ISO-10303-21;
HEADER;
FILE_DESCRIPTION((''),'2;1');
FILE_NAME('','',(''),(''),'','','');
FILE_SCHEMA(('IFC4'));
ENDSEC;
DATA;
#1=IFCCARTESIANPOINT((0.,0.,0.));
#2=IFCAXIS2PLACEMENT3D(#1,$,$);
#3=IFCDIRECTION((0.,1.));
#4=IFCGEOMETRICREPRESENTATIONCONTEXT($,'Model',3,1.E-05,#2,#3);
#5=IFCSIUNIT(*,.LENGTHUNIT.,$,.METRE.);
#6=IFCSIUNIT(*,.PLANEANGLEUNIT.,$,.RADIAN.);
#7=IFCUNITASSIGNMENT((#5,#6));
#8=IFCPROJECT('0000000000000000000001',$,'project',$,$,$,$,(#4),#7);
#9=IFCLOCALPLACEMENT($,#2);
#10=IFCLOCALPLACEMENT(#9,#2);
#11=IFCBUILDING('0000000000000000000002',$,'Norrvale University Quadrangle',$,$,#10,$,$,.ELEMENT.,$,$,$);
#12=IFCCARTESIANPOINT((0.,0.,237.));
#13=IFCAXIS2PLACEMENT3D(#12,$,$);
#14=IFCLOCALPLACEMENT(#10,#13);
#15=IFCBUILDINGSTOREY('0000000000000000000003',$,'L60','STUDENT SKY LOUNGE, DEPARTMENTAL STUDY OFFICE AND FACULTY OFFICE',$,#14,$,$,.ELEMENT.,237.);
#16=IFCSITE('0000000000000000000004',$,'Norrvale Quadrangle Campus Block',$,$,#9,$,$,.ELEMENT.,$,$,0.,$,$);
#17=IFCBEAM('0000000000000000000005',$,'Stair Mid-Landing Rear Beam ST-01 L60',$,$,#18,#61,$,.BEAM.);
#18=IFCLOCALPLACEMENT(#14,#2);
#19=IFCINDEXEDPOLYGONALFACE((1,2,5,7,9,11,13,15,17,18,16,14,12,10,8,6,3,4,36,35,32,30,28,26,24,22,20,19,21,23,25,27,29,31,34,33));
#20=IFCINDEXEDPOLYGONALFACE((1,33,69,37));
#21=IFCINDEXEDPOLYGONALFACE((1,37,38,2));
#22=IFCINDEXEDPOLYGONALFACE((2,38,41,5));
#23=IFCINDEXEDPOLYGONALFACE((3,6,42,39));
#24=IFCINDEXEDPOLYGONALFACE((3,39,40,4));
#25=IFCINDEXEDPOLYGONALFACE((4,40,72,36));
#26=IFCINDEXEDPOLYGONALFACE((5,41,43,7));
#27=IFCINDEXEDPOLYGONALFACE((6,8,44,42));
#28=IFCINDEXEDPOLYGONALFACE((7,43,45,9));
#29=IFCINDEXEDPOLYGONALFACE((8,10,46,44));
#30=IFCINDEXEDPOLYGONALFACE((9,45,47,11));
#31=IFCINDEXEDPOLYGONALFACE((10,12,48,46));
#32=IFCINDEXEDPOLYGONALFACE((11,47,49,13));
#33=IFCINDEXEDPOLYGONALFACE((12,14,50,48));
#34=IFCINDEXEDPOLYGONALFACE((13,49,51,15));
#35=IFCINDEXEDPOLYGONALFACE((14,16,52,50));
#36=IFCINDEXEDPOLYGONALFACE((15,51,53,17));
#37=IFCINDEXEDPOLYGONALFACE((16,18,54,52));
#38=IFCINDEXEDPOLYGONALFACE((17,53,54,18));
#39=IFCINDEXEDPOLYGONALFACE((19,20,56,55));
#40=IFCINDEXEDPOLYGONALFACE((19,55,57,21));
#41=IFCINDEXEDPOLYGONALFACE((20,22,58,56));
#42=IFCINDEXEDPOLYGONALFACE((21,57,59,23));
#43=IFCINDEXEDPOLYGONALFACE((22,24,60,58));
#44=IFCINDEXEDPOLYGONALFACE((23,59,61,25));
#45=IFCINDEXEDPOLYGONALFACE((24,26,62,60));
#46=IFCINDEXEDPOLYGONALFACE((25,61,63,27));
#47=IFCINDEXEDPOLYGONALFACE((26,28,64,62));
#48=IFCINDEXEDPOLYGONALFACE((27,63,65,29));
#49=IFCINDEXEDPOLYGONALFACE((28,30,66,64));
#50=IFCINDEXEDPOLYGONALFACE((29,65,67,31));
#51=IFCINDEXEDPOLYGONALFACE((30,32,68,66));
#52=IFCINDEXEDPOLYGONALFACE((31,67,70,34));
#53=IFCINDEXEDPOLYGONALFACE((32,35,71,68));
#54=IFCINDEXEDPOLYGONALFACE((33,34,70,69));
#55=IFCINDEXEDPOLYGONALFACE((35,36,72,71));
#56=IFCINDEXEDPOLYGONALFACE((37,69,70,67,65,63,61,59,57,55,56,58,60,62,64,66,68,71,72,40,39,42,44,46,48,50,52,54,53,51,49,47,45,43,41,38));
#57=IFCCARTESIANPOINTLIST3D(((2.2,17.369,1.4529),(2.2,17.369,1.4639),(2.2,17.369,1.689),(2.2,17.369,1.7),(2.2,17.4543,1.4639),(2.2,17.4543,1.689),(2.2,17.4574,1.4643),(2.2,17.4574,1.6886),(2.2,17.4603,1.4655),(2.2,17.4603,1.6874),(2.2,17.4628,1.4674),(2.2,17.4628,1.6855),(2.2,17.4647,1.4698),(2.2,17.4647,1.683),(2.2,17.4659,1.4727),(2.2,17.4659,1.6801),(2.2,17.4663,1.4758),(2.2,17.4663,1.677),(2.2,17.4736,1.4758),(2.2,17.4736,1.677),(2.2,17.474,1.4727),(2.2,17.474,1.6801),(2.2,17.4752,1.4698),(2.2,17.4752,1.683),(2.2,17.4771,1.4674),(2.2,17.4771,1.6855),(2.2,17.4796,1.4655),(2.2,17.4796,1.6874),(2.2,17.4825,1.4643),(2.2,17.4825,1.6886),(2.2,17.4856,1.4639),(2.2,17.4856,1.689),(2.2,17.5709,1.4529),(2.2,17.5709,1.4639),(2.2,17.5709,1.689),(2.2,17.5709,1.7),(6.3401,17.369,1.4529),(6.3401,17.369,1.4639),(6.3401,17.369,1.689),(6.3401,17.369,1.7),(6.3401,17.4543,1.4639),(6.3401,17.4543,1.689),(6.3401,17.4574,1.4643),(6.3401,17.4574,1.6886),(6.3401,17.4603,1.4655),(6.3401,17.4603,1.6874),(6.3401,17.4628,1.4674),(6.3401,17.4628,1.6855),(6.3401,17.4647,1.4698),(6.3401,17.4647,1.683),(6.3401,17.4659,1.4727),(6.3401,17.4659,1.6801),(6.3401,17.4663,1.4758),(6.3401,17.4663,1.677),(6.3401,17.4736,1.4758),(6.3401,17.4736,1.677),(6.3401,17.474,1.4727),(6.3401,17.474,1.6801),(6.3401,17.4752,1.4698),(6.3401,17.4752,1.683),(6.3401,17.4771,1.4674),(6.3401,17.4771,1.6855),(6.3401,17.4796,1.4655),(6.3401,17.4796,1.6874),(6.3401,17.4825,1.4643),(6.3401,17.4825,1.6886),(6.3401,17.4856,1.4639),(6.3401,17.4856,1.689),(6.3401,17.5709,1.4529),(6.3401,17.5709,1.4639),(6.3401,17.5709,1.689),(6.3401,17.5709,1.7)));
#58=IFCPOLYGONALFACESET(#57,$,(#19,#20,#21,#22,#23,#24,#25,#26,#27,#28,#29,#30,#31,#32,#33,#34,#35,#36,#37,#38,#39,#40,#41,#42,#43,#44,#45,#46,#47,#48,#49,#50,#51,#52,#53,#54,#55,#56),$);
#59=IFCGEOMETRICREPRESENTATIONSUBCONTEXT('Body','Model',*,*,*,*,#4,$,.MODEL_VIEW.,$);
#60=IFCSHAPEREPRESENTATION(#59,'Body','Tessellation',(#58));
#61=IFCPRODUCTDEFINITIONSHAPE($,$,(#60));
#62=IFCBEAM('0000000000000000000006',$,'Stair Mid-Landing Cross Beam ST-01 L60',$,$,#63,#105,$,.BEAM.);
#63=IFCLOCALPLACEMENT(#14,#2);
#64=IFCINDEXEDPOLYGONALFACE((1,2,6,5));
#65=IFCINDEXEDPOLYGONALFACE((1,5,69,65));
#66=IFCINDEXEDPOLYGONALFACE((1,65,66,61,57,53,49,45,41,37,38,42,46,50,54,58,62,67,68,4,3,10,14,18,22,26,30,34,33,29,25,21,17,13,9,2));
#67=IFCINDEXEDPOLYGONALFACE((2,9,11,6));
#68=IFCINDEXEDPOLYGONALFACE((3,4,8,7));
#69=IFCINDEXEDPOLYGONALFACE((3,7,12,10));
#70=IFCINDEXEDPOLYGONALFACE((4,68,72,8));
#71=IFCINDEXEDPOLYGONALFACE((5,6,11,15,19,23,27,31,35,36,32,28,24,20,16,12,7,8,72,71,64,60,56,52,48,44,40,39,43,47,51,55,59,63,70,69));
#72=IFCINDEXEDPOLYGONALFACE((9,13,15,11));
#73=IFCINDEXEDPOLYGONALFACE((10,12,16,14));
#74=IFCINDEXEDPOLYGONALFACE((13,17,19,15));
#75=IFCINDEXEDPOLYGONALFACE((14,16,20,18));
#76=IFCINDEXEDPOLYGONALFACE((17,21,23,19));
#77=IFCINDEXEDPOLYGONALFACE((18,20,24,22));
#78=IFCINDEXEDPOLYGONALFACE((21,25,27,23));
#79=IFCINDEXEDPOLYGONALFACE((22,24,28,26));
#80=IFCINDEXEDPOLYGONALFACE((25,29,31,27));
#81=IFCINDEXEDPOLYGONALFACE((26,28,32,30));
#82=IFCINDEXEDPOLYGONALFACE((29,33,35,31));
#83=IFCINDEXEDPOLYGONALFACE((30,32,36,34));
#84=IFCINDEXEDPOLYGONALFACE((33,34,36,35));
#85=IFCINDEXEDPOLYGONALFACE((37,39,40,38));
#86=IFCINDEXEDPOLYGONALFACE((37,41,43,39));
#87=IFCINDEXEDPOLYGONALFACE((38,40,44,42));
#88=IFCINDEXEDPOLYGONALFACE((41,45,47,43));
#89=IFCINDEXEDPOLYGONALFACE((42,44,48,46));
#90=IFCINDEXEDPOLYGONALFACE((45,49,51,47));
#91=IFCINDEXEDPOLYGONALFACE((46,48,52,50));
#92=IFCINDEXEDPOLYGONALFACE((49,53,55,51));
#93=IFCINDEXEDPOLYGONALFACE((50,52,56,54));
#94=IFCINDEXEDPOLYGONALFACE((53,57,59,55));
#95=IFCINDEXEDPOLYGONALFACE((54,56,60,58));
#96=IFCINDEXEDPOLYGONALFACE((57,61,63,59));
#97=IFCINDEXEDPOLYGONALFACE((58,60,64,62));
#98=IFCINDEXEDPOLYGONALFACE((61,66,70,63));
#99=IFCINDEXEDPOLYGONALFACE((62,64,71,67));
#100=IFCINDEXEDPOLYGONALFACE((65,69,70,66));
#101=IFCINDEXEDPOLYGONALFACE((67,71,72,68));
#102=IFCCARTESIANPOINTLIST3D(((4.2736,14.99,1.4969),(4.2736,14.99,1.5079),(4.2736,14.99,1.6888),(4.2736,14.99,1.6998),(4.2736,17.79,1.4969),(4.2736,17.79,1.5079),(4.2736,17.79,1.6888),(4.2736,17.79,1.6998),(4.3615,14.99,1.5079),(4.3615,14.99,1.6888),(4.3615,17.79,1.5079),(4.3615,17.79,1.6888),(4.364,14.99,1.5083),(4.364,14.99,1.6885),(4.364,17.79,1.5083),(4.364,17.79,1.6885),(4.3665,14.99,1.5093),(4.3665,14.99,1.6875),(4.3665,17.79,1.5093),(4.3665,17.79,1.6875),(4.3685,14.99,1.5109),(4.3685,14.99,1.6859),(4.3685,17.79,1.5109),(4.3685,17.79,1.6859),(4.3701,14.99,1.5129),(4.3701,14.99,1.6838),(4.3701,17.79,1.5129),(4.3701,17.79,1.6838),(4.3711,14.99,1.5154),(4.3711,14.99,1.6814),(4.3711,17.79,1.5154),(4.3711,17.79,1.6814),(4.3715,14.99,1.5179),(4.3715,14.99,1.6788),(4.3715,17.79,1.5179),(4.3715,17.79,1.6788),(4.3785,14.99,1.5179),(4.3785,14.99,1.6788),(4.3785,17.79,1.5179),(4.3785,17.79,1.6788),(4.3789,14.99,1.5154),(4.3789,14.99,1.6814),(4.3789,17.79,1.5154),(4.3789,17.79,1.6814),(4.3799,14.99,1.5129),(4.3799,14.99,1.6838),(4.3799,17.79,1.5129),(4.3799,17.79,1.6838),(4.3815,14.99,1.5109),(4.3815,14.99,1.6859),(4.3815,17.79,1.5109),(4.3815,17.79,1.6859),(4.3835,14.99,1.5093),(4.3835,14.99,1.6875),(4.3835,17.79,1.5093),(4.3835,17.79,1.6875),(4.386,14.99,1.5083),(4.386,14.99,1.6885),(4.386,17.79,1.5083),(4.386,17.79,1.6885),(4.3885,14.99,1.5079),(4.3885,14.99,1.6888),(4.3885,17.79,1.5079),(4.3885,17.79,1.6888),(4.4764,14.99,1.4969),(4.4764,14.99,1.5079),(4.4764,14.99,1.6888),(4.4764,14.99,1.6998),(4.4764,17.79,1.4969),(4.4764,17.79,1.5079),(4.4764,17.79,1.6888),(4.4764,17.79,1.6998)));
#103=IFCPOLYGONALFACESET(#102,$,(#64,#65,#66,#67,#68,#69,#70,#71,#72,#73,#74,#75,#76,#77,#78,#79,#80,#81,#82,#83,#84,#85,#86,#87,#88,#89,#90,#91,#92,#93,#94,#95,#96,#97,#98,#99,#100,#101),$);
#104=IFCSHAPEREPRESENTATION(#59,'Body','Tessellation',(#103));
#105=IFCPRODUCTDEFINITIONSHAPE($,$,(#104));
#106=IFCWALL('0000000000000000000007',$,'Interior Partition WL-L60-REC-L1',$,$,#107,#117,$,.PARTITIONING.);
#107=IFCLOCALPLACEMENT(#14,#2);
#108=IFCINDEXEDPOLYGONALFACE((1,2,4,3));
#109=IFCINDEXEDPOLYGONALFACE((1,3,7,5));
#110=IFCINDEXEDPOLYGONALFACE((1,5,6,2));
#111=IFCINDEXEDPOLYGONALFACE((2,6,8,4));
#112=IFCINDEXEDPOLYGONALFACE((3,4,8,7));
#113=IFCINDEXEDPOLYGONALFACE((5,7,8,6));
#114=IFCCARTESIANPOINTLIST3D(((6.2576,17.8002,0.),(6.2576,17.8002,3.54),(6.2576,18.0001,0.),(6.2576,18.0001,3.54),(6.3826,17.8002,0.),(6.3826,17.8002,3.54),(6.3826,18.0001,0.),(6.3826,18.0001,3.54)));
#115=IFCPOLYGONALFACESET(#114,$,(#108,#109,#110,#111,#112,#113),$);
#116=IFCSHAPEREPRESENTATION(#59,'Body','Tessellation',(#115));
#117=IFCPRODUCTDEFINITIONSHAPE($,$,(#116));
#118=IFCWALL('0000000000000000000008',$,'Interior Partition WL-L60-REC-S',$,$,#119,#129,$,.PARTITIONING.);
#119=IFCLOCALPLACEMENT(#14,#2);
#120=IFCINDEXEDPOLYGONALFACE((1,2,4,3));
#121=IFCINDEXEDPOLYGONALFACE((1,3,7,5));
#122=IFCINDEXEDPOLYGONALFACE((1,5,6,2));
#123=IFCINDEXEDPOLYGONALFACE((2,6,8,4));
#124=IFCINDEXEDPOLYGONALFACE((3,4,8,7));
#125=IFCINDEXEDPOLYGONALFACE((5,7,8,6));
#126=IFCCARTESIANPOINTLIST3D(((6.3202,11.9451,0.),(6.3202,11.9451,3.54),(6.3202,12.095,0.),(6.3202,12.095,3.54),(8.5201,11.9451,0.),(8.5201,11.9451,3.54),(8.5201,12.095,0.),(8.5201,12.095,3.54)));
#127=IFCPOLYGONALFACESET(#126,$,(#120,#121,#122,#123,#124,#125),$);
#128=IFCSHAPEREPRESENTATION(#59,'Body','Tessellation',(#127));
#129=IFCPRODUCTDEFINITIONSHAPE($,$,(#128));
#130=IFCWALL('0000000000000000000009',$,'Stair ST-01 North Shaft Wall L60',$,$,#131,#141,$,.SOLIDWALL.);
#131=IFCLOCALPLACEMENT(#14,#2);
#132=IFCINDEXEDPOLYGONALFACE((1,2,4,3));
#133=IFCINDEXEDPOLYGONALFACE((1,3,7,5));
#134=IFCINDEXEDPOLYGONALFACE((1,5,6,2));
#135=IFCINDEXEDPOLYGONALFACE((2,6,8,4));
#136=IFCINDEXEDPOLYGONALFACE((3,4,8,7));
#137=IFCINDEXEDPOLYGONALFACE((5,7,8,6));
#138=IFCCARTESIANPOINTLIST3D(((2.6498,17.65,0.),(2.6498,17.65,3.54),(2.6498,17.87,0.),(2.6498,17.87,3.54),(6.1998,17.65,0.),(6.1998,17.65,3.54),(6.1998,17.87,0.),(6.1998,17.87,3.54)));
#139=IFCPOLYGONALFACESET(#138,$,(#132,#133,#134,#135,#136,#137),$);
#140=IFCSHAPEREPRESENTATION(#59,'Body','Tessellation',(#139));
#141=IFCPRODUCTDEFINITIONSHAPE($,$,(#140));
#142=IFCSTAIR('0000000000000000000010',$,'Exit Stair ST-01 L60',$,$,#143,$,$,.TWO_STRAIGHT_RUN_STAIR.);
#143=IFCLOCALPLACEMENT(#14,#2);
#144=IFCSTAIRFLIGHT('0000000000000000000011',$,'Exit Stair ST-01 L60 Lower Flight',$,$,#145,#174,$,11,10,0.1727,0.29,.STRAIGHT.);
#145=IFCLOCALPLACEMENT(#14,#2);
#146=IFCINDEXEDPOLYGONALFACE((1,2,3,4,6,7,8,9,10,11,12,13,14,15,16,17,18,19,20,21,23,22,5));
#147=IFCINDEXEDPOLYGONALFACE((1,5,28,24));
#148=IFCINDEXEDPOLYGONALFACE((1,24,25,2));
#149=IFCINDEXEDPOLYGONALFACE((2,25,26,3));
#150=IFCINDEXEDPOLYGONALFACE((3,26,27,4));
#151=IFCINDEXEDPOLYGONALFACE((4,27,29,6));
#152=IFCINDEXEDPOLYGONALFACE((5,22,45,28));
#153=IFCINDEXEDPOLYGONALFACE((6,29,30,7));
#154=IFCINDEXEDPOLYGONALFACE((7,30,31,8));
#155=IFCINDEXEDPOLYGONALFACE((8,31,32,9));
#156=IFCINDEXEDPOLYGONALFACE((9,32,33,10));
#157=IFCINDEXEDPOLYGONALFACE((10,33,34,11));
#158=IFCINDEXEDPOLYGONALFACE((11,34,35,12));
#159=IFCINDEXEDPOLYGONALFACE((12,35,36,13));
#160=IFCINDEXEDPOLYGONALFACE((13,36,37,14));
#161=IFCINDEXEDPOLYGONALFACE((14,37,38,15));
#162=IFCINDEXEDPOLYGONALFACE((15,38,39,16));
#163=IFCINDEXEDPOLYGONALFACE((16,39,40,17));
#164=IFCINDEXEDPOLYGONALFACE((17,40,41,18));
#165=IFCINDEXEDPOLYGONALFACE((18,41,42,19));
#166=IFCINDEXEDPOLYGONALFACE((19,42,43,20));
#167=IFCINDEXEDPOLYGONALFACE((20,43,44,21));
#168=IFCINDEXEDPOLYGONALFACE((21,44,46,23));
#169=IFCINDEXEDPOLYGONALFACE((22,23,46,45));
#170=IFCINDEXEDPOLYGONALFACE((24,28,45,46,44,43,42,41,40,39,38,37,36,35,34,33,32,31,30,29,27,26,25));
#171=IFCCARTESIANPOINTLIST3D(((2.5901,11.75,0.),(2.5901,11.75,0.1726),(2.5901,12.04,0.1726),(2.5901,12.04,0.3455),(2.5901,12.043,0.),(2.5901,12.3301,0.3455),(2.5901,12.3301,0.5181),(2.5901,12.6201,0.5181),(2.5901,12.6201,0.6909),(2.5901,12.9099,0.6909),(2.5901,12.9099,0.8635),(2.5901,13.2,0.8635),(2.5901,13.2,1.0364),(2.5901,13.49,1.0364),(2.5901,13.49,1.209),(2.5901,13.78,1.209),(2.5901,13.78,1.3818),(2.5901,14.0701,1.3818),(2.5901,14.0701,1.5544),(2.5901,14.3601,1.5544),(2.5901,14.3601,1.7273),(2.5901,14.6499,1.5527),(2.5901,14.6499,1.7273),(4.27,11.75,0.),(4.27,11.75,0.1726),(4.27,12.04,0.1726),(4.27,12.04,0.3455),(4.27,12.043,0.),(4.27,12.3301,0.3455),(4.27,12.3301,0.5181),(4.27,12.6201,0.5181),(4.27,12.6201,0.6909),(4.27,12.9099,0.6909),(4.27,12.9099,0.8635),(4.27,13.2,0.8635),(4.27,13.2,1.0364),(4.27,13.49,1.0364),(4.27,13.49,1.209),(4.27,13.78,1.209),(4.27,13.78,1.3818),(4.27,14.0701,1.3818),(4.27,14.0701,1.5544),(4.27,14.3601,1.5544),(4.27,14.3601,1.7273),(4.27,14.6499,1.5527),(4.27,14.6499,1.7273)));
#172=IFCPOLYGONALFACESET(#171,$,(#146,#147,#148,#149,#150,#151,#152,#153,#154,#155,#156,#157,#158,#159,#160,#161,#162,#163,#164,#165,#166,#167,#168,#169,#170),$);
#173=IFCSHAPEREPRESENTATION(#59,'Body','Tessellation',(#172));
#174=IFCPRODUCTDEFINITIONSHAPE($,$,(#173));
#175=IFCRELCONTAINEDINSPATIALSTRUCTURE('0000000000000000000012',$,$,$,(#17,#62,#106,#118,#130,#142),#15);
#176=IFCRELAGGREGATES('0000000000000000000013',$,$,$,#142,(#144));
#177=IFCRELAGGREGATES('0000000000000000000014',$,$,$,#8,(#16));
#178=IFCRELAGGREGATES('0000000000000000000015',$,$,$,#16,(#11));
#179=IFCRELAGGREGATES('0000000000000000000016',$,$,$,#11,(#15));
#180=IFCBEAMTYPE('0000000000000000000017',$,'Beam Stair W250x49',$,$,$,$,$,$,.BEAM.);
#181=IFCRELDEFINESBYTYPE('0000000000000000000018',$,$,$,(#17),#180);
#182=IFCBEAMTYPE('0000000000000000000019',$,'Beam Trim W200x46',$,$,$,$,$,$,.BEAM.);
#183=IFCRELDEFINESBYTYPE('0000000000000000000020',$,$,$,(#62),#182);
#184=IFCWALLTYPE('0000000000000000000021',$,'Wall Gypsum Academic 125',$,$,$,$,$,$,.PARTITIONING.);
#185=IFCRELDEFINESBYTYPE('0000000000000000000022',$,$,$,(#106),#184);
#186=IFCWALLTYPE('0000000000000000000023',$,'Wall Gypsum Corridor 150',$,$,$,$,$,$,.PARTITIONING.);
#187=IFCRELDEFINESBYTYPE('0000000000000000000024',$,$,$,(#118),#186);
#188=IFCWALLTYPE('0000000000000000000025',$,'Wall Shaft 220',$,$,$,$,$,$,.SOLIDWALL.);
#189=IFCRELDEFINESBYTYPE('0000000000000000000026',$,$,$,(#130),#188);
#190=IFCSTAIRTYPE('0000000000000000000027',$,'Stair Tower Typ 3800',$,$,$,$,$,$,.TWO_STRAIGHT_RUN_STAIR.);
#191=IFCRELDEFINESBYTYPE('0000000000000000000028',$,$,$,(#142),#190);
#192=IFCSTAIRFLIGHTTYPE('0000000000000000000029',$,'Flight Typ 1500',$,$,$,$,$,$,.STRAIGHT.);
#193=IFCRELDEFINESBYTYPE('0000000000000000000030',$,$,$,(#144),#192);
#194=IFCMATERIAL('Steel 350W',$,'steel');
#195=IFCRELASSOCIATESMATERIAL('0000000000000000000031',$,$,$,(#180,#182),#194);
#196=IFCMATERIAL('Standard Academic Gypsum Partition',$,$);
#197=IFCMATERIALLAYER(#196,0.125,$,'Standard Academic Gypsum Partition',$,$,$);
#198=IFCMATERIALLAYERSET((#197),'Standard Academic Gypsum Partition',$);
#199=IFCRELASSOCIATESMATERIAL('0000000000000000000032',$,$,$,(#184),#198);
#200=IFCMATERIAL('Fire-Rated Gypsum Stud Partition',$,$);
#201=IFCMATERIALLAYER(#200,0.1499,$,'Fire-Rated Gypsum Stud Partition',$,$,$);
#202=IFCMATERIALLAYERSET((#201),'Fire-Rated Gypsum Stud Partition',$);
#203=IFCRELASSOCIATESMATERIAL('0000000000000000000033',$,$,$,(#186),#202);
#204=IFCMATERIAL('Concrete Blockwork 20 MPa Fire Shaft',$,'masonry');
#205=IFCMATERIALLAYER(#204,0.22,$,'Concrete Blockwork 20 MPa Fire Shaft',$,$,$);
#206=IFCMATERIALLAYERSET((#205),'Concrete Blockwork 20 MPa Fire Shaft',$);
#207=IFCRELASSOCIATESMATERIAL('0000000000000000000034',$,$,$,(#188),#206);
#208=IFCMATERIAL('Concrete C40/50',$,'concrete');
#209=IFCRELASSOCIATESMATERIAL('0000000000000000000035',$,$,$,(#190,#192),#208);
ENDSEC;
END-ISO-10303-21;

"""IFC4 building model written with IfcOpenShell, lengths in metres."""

from ifc_helpers import new_model, si_unit, direction, frame, frame_2d, origin, origin_2d, place, context, subcontext, project, spatial, polyline, rectangle, i_section, outline, extrude, material, layer, layer_set, material_profile, profile_set, type_object, element, aggregate, save


model = new_model("IFC4")

# Units and contexts
model_context = context("Model", 3, precision=1e-05, world=origin(), true_north=direction((0.0, 1.0)))
body_context = subcontext(model_context, "Body", "Model", "MODEL_VIEW")
ifc_project = project(units=[si_unit("LENGTHUNIT", "METRE"), si_unit("PLANEANGLEUNIT", "RADIAN")], contexts=[model_context])

# Site, building, storey
site_placement = place(None, origin())
site = spatial("IfcSite", under=ifc_project, at=site_placement, Name="Norrvale Quadrangle Campus Block", CompositionType="ELEMENT", RefElevation=0.0)
building_placement = place(site_placement, origin())
building = spatial("IfcBuilding", under=site, at=building_placement, Name="Norrvale University Quadrangle", CompositionType="ELEMENT")
storey_placement = place(building_placement, frame((0.0, 0.0, 237.0)))
storey = spatial("IfcBuildingStorey", under=building, at=storey_placement, Name="L60", Description="STUDENT SKY LOUNGE, DEPARTMENTAL STUDY OFFICE AND FACULTY OFFICE", CompositionType="ELEMENT", Elevation=237.0)

# Beams
ifc_material_1 = material(Name="Steel 350W", Category="steel")
ifc_material_profile_1 = material_profile(ifc_material_1, i_section(OverallWidth=0.2019, OverallDepth=0.2471, WebThickness=0.0073, FlangeThickness=0.011, FilletRadius=0.012, at=origin_2d()), Name="Steel 350W")
ifc_profile_set_1 = profile_set([ifc_material_profile_1], Name="Steel 350W")
beam_type_1 = type_object("IfcBeamType", Name="Beam Stair W250x49", PredefinedType="BEAM", material=ifc_profile_set_1)
for number, where, z_axis, x_axis, name in (
    (1, (2.2, 17.47, 1.5764), (1.0, 0.0, 0.0), (0.0, 1.0, 0.0), "Stair Mid-Landing Rear Beam ST-01 L60"),
):
    element("IfcBeam", number, at=place(storey_placement, frame(where, z_axis=z_axis, x_axis=x_axis)), inside=storey, type_object=beam_type_1, Name=name, PredefinedType="BEAM", context=body_context, shape_type="SweptSolid", body=[
        extrude(i_section(OverallWidth=0.2019, OverallDepth=0.2471, WebThickness=0.0073, FlangeThickness=0.011, FilletRadius=0.012, at=origin_2d()), origin(), (0.0, 0.0, 1.0), 4.1401),
    ])
ifc_material_profile_2 = material_profile(ifc_material_1, i_section(OverallWidth=0.2029, OverallDepth=0.2029, WebThickness=0.0071, FlangeThickness=0.011, FilletRadius=0.01, at=origin_2d()), Name="Steel 350W")
ifc_profile_set_2 = profile_set([ifc_material_profile_2], Name="Steel 350W")
beam_type_2 = type_object("IfcBeamType", Name="Beam Trim W200x46", PredefinedType="BEAM", material=ifc_profile_set_2)
beam_1_placement = place(storey_placement, frame((4.375, 14.99, 1.5984), z_axis=(0.0, 1.0, 0.0), x_axis=(-1.0, 0.0, 0.0)))
element("IfcBeam", 2, at=beam_1_placement, inside=storey, type_object=beam_type_2, Name="Stair Mid-Landing Cross Beam ST-01 L60", PredefinedType="BEAM", context=body_context, shape_type="SweptSolid", body=[
    extrude(i_section(OverallWidth=0.2029, OverallDepth=0.2029, WebThickness=0.0071, FlangeThickness=0.011, FilletRadius=0.01, at=origin_2d()), origin(), (0.0, 0.0, 1.0), 2.8),
])

# Walls
ifc_material_2 = material(Name="Standard Academic Gypsum Partition")
ifc_layer_1 = layer(ifc_material_2, 0.125, Name="Standard Academic Gypsum Partition")
ifc_layer_set_1 = layer_set([ifc_layer_1], Name="Standard Academic Gypsum Partition")
wall_type_1 = type_object("IfcWallType", Name="Wall Gypsum Academic 125", PredefinedType="PARTITIONING", material=ifc_layer_set_1)
wall_1_placement = place(storey_placement, frame((6.3201, 17.8, 0.0), z_axis=(0.0, 0.0, 1.0), x_axis=(0.0, 1.0, 0.0)))
element("IfcWall", 3, at=wall_1_placement, inside=storey, type_object=wall_type_1, Name="Interior Partition WL-L60-REC-L1", PredefinedType="PARTITIONING", context=body_context, shape_type="SweptSolid", body=[
    extrude(rectangle(XDim=0.2, YDim=0.125, at=frame_2d((0.1001, 0.0))), origin(), (0.0, 0.0, 1.0), 3.54),
])
ifc_material_3 = material(Name="Fire-Rated Gypsum Stud Partition")
ifc_layer_2 = layer(ifc_material_3, 0.1499, Name="Fire-Rated Gypsum Stud Partition")
ifc_layer_set_2 = layer_set([ifc_layer_2], Name="Fire-Rated Gypsum Stud Partition")
wall_type_2 = type_object("IfcWallType", Name="Wall Gypsum Corridor 150", PredefinedType="PARTITIONING", material=ifc_layer_set_2)
wall_2_placement = place(storey_placement, frame((6.3201, 12.02, 0.0), z_axis=(0.0, 0.0, 1.0), x_axis=(1.0, 0.0, 0.0)))
element("IfcWall", 4, at=wall_2_placement, inside=storey, type_object=wall_type_2, Name="Interior Partition WL-L60-REC-S", PredefinedType="PARTITIONING", context=body_context, shape_type="SweptSolid", body=[
    extrude(rectangle(XDim=2.2, YDim=0.1499, at=frame_2d((1.1001, 0.0))), origin(), (0.0, 0.0, 1.0), 3.54),
])
ifc_material_4 = material(Name="Concrete Blockwork 20 MPa Fire Shaft", Category="masonry")
ifc_layer_3 = layer(ifc_material_4, 0.22, Name="Concrete Blockwork 20 MPa Fire Shaft")
ifc_layer_set_3 = layer_set([ifc_layer_3], Name="Concrete Blockwork 20 MPa Fire Shaft")
wall_type_3 = type_object("IfcWallType", Name="Wall Shaft 220", PredefinedType="SOLIDWALL", material=ifc_layer_set_3)
wall_3_placement = place(storey_placement, frame((2.6499, 17.76, 0.0), z_axis=(0.0, 0.0, 1.0), x_axis=(1.0, 0.0, 0.0)))
element("IfcWall", 5, at=wall_3_placement, inside=storey, type_object=wall_type_3, Name="Stair ST-01 North Shaft Wall L60", PredefinedType="SOLIDWALL", context=body_context, shape_type="SweptSolid", body=[
    extrude(rectangle(XDim=3.55, YDim=0.22, at=frame_2d((1.7749, 0.0))), origin(), (0.0, 0.0, 1.0), 3.54),
])

# Stair, stair flight
ifc_material_5 = material(Name="Concrete C40/50", Category="concrete")
stair_type = type_object("IfcStairType", Name="Stair Tower Typ 3800", PredefinedType="TWO_STRAIGHT_RUN_STAIR", material=ifc_material_5)
stair_placement = place(storey_placement, origin())
stair = element("IfcStair", 6, at=stair_placement, inside=storey, type_object=stair_type, Name="Exit Stair ST-01 L60", PredefinedType="TWO_STRAIGHT_RUN_STAIR")
stair_flight_type = type_object("IfcStairFlightType", Name="Flight Typ 1500", PredefinedType="STRAIGHT", material=ifc_material_5)
stair_flight_1_placement = place(storey_placement, frame((3.4299, 11.75, 0.0), z_axis=(0.0, 0.0, 1.0), x_axis=(0.0, 1.0, 0.0)))
stair_flight_1 = element("IfcStairFlight", 7, at=stair_flight_1_placement, type_object=stair_flight_type, Name="Exit Stair ST-01 L60 Lower Flight", NumberOfRisers=11, NumberOfTreads=10, PredefinedType="STRAIGHT", RiserHeight=0.1727, TreadLength=0.29, context=body_context, shape_type="SweptSolid", body=[
    extrude(outline(polyline([(0.0, 0.0), (0.0, 0.1726), (0.29, 0.1726), (0.29, 0.3455), (0.5801, 0.3455), (0.5801, 0.5181), (0.8701, 0.5181), (0.8701, 0.6909), (1.1599, 0.6909), (1.1599, 0.8635), (1.45, 0.8635), (1.45, 1.0364), (1.74, 1.0364), (1.74, 1.209), (2.03, 1.209), (2.03, 1.3818), (2.3201, 1.3818), (2.3201, 1.5544), (2.6101, 1.5544), (2.6101, 1.7273), (2.8999, 1.7273), (2.8999, 1.8999), (2.8999, 1.5527), (0.293, 0.0), (0.0, 0.0)])), frame((0.0, 0.8398, 0.0), z_axis=(0.0, -1.0, 0.0), x_axis=(1.0, 0.0, 0.0)), (0.0, 0.0, 1.0), 1.6799),
])
aggregate(stair, [stair_flight_1])

save(model, "model.ifc")
